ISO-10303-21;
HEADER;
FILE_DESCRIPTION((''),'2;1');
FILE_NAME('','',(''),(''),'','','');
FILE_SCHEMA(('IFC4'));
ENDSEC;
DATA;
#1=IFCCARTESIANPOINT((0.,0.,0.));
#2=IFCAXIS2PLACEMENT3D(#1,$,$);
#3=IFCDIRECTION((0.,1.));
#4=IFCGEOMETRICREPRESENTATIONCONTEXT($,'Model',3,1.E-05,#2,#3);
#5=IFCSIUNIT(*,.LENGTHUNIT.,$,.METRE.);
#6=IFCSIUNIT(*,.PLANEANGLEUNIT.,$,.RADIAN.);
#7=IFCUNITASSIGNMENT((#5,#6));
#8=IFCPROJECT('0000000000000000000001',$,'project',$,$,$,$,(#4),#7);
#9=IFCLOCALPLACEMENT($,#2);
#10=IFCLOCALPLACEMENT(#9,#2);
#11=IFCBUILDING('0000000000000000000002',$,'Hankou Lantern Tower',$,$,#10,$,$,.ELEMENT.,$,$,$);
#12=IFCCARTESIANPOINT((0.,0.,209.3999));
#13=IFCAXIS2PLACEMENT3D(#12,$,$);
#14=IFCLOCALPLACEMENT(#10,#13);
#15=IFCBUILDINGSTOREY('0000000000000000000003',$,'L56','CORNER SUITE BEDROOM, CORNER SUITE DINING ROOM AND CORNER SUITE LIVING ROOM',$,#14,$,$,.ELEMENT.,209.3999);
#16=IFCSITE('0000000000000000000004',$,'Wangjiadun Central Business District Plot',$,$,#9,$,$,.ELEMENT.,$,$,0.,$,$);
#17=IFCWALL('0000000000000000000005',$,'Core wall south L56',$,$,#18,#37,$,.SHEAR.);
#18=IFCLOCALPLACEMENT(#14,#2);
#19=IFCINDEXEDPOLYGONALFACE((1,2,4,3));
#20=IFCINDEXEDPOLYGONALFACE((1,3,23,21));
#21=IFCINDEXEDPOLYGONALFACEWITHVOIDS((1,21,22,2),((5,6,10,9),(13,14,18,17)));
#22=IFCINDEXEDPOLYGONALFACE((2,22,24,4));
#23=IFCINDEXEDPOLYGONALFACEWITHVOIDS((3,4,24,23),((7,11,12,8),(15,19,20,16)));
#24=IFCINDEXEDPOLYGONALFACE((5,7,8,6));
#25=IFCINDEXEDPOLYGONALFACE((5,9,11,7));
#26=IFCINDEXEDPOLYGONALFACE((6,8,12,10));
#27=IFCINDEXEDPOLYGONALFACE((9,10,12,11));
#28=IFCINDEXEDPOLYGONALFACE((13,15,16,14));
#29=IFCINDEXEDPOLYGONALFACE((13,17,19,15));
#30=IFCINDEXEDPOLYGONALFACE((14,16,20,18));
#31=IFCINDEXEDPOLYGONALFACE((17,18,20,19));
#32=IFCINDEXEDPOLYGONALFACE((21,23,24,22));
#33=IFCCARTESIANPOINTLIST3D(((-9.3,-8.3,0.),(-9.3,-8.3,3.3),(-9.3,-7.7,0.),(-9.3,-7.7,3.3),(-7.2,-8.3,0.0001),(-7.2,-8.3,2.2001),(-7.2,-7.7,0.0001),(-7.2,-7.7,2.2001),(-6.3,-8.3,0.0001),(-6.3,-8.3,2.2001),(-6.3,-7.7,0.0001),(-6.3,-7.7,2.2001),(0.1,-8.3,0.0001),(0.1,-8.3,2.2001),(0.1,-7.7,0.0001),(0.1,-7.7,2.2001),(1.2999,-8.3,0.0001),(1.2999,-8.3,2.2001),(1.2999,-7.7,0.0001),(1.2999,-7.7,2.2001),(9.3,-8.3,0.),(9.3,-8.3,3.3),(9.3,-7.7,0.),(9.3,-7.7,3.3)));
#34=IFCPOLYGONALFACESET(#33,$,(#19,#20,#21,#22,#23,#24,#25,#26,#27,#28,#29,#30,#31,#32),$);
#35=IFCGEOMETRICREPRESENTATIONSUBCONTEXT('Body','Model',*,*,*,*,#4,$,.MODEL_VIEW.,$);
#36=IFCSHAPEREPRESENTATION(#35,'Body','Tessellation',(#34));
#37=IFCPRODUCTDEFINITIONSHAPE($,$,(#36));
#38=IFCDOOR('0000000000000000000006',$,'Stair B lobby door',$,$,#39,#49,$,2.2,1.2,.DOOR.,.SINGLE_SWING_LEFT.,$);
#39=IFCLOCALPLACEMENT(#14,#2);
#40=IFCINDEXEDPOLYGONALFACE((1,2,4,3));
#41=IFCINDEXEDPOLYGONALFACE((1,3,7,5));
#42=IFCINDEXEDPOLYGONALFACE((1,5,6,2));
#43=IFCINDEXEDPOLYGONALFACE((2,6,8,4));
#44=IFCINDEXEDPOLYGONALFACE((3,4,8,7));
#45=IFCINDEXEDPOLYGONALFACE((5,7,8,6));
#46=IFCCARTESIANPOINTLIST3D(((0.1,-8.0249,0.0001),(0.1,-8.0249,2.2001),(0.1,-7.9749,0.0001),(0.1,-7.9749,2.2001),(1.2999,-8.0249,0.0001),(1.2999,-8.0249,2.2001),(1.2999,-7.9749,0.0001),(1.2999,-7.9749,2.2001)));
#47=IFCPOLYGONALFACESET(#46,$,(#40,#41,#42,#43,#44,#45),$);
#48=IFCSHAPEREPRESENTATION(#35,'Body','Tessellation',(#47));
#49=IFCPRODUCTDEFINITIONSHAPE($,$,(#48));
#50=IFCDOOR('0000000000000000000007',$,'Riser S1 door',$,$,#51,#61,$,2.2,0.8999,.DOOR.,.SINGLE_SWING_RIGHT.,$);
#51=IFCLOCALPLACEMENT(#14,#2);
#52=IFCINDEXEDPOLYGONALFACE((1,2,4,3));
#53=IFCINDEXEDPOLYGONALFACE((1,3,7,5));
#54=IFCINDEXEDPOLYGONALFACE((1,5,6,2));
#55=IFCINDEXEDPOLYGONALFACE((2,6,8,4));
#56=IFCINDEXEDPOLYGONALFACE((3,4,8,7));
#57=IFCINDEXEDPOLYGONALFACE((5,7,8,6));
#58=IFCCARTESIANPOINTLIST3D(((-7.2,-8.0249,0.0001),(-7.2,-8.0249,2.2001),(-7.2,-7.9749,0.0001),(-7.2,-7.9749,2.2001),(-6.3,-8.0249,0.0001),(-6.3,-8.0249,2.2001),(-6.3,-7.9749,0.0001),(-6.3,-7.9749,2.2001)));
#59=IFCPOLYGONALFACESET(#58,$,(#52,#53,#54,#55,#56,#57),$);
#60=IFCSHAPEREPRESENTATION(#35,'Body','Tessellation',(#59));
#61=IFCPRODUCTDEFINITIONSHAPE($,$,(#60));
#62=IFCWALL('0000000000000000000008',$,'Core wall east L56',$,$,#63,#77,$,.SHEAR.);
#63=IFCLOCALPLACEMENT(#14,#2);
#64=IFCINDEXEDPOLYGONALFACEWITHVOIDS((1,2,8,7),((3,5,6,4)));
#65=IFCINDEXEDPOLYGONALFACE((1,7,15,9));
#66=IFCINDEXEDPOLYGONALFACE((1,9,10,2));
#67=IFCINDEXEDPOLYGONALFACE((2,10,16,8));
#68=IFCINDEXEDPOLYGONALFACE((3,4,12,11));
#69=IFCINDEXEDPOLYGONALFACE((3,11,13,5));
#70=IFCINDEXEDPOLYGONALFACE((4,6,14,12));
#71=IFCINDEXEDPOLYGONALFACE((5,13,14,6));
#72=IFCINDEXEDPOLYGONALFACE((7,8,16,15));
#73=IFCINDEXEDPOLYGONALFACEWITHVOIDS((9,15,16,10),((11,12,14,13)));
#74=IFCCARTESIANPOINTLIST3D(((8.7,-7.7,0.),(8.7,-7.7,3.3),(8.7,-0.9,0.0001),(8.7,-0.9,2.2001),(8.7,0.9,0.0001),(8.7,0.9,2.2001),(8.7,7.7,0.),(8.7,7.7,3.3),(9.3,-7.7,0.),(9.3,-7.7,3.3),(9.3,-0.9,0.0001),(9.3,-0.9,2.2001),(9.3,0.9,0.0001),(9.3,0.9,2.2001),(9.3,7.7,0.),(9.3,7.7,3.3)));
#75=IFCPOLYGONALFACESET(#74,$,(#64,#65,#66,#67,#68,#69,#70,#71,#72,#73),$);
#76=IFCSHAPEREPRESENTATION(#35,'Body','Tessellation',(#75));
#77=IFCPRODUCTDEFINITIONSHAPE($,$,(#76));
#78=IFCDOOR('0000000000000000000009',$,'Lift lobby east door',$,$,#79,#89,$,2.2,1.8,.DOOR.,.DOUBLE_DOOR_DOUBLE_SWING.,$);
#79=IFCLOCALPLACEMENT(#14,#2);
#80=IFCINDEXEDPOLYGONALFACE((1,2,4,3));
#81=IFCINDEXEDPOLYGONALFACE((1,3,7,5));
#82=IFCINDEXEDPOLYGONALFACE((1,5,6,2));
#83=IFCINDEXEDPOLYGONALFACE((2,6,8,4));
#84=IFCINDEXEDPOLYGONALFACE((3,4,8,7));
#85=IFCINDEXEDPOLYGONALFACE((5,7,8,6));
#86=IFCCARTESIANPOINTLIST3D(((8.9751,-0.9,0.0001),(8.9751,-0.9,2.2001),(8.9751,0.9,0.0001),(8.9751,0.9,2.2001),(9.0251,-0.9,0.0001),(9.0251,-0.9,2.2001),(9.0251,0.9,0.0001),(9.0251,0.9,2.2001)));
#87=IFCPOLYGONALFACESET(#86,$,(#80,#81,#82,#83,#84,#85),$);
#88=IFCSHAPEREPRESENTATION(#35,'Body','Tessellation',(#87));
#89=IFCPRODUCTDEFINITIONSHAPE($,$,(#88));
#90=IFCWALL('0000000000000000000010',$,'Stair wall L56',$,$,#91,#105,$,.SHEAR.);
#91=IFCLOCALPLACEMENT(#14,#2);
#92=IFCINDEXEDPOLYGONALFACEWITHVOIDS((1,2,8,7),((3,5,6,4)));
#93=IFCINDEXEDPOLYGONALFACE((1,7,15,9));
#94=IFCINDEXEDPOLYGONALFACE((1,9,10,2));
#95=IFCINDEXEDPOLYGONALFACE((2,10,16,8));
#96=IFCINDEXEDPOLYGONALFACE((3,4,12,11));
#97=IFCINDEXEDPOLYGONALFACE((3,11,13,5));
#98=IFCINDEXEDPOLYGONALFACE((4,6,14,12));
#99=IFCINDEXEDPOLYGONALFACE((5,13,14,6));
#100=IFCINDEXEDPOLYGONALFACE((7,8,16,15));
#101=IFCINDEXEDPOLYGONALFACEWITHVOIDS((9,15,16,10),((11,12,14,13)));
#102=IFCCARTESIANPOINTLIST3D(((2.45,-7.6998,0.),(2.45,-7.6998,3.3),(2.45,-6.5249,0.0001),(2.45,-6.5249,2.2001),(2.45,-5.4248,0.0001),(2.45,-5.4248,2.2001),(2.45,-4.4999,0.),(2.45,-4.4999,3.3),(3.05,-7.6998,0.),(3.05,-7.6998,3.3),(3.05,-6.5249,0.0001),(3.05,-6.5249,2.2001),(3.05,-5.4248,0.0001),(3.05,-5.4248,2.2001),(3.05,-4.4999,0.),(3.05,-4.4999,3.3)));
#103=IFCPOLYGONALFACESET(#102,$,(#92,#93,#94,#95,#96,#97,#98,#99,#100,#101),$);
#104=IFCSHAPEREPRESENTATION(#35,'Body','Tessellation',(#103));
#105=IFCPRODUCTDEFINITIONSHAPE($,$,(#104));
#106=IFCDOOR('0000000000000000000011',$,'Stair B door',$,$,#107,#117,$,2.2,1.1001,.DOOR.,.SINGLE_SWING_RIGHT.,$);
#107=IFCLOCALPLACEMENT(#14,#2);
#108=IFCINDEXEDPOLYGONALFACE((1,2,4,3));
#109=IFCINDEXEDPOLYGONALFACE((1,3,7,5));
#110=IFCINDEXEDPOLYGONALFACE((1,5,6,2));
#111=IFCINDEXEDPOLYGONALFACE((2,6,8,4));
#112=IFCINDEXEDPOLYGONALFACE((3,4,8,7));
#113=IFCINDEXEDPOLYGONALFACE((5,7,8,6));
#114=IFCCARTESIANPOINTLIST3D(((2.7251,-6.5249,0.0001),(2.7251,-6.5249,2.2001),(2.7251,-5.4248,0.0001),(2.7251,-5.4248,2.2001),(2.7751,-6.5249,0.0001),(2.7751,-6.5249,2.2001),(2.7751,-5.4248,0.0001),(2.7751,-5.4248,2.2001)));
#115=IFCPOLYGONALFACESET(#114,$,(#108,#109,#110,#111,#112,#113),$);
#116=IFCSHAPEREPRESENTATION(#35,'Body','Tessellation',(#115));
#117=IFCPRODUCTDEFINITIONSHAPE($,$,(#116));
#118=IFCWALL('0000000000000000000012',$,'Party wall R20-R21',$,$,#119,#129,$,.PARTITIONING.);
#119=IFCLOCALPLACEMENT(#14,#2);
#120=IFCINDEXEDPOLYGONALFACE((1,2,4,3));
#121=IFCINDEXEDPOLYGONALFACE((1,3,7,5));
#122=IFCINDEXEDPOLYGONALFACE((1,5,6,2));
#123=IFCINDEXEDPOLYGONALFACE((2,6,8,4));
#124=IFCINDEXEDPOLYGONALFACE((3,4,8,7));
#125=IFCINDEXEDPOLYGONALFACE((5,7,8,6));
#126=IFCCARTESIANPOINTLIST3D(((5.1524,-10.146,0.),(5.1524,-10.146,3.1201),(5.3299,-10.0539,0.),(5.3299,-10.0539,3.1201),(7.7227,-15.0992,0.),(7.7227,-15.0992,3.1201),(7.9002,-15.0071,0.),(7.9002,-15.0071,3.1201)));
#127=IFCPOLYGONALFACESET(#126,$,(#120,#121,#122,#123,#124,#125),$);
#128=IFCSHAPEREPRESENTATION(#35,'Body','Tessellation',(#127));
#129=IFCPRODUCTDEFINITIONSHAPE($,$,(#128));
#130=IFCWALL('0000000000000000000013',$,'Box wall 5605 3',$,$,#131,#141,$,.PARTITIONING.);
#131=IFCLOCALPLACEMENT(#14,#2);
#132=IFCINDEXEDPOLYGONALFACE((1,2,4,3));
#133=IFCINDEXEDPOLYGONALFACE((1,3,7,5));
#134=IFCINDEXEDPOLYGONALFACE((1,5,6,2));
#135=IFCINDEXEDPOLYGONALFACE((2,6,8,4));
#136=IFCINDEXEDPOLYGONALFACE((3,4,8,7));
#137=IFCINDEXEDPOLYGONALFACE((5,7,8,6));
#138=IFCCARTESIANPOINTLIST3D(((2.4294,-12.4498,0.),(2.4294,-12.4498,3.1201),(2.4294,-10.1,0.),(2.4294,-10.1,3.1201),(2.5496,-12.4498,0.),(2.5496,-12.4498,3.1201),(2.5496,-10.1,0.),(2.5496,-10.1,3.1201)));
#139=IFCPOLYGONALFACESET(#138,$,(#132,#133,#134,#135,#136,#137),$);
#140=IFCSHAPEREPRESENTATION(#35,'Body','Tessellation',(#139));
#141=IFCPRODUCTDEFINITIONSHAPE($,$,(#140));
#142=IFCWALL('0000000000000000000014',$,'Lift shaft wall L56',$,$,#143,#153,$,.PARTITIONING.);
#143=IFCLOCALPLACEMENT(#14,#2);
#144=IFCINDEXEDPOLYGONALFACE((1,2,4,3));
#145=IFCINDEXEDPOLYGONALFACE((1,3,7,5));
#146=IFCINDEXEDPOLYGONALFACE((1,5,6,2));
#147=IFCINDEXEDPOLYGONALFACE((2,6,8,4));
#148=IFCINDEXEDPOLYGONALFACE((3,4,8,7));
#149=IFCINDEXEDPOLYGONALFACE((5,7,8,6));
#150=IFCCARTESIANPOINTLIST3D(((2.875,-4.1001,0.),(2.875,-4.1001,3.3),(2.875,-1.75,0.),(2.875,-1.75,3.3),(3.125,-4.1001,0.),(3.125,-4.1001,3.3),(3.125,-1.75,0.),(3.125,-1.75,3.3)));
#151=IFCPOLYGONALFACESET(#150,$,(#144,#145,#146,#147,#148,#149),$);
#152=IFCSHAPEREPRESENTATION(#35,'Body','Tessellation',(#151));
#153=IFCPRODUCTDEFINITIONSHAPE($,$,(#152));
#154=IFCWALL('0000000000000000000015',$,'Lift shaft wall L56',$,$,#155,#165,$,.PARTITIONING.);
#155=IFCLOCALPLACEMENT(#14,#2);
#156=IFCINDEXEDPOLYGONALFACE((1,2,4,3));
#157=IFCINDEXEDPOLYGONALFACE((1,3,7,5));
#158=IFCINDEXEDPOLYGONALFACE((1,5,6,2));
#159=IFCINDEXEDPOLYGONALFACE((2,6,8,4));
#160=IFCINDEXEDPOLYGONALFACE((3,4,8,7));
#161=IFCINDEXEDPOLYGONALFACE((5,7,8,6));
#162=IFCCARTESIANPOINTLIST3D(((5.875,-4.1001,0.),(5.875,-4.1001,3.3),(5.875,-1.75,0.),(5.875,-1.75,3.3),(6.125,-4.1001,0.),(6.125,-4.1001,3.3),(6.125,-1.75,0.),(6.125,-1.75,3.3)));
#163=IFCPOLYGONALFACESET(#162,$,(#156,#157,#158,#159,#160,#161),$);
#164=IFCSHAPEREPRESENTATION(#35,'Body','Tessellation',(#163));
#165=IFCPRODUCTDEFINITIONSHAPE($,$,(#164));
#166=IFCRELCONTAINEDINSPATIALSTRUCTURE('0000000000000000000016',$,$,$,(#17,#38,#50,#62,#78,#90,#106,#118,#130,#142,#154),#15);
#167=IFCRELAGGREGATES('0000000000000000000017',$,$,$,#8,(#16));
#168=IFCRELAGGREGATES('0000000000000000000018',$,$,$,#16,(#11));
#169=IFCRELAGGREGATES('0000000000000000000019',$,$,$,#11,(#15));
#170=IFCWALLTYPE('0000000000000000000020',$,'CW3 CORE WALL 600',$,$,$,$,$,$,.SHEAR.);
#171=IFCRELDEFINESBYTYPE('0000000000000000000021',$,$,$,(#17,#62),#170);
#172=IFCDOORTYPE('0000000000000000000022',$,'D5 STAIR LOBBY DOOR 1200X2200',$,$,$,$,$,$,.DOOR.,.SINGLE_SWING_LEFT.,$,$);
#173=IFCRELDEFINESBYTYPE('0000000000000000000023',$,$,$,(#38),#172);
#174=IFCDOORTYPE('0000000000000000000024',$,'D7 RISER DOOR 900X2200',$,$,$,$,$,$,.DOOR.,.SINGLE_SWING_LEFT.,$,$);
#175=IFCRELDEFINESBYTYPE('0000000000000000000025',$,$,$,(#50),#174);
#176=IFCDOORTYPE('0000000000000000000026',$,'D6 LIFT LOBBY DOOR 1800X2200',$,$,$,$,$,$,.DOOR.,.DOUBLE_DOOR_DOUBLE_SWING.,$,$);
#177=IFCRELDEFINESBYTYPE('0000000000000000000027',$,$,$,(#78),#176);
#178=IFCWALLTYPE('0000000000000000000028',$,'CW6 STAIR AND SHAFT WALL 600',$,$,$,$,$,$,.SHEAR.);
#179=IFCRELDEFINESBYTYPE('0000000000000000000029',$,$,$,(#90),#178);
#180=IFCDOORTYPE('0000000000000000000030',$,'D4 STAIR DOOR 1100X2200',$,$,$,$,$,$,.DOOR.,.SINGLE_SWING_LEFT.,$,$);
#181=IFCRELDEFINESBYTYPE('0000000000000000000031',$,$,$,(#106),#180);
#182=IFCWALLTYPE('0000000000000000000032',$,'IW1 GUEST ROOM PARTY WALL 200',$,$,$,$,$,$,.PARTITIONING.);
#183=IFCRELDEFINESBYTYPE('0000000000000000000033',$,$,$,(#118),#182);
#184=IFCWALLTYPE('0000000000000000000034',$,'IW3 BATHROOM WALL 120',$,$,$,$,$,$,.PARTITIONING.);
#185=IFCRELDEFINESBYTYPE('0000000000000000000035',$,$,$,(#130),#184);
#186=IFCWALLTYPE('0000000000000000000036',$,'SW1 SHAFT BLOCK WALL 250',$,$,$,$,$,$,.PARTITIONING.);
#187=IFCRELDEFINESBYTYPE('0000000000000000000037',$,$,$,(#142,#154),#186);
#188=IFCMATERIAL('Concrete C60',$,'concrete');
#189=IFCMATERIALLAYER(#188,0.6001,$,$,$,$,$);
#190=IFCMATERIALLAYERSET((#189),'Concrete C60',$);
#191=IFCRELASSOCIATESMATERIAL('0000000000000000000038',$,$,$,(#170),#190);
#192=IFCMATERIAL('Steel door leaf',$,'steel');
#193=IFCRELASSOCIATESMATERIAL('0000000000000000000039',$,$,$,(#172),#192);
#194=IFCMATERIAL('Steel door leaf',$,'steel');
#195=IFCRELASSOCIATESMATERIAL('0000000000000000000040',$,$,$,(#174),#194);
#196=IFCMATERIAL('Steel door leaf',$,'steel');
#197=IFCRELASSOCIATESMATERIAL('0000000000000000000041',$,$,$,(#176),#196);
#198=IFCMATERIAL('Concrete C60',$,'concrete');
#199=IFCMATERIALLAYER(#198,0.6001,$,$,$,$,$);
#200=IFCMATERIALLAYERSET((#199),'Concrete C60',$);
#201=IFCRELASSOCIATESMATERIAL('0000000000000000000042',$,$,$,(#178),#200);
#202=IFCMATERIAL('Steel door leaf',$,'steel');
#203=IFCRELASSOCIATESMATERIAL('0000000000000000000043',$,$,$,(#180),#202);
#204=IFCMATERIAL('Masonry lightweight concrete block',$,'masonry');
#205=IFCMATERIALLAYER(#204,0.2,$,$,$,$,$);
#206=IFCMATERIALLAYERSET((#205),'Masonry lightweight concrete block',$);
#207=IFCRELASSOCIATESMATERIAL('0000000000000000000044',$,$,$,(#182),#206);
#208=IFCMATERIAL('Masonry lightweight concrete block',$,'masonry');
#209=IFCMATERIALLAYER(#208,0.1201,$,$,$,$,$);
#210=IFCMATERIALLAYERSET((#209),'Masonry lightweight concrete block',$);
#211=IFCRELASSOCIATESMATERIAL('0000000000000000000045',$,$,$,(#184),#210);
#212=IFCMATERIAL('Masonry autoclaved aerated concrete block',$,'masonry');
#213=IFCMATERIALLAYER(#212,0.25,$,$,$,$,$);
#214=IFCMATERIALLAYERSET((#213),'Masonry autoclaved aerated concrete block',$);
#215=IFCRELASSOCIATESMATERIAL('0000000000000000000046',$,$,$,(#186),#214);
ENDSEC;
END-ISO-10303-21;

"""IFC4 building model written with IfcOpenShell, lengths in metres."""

from ifc_helpers import new_model, si_unit, direction, frame, frame_2d, origin, place, context, subcontext, project, spatial, rectangle, extrude, material, layer, layer_set, type_object, element, fill, save


model = new_model("IFC4")

# Units and contexts
model_context = context("Model", 3, precision=1e-05, world=origin(), true_north=direction((0.0, 1.0)))
body_context = subcontext(model_context, "Body", "Model", "MODEL_VIEW")
ifc_project = project(units=[si_unit("LENGTHUNIT", "METRE"), si_unit("PLANEANGLEUNIT", "RADIAN")], contexts=[model_context])

# Site, building, storey
site_placement = place(None, origin())
site = spatial("IfcSite", under=ifc_project, at=site_placement, Name="Wangjiadun Central Business District Plot", CompositionType="ELEMENT", RefElevation=0.0)
building_placement = place(site_placement, origin())
building = spatial("IfcBuilding", under=site, at=building_placement, Name="Hankou Lantern Tower", CompositionType="ELEMENT")
storey_placement = place(building_placement, frame((0.0, 0.0, 209.3999)))
storey = spatial("IfcBuildingStorey", under=building, at=storey_placement, Name="L56", Description="CORNER SUITE BEDROOM, CORNER SUITE DINING ROOM AND CORNER SUITE LIVING ROOM", CompositionType="ELEMENT", Elevation=209.3999)

# Wall, openings, doors
ifc_material_1 = material(Name="Concrete C60", Category="concrete")
ifc_layer_1 = layer(ifc_material_1, 0.6001)
ifc_layer_set_1 = layer_set([ifc_layer_1], Name="Concrete C60")
wall_type_1 = type_object("IfcWallType", Name="CW3 CORE WALL 600", PredefinedType="SHEAR", material=ifc_layer_set_1)
wall_1_placement = place(storey_placement, frame((9.3, -8.0, 0.0), z_axis=(0.0, 0.0, 1.0), x_axis=(-1.0, 0.0, 0.0)))
wall_1 = element("IfcWall", 1, at=wall_1_placement, inside=storey, type_object=wall_type_1, Name="Core wall south L56", PredefinedType="SHEAR", context=body_context, shape_type="SweptSolid", body=[
    extrude(rectangle(XDim=18.6001, YDim=0.6001, at=frame_2d((9.3, 0.0))), origin(), (0.0, 0.0, 1.0), 3.3),
])
opening_1_placement = place(wall_1_placement, frame((8.0, 0.0, 0.0)))
opening_1 = element("IfcOpeningElement", 2, at=opening_1_placement, cuts=wall_1, PredefinedType="OPENING", context=body_context, shape_type="SweptSolid", body=[
    extrude(rectangle(XDim=1.2, YDim=2.2, at=frame_2d((0.6001, 1.1001))), frame((0.0, 0.3101, 0.0), z_axis=(0.0, -1.0, 0.0), x_axis=(1.0, 0.0, 0.0)), (0.0, 0.0, 1.0), 0.6201),
])
opening_2_placement = place(wall_1_placement, frame((15.6001, 0.0, 0.0)))
opening_2 = element("IfcOpeningElement", 3, at=opening_2_placement, cuts=wall_1, PredefinedType="OPENING", context=body_context, shape_type="SweptSolid", body=[
    extrude(rectangle(XDim=0.8999, YDim=2.2, at=frame_2d((0.45, 1.1001))), frame((0.0, 0.3101, 0.0), z_axis=(0.0, -1.0, 0.0), x_axis=(1.0, 0.0, 0.0)), (0.0, 0.0, 1.0), 0.6201),
])
ifc_material_2 = material(Name="Steel door leaf", Category="steel")
door_type_1 = type_object("IfcDoorType", Name="D5 STAIR LOBBY DOOR 1200X2200", OperationType="SINGLE_SWING_LEFT", PredefinedType="DOOR", material=ifc_material_2)
door_1_placement = place(opening_1_placement, origin())
door_1 = element("IfcDoor", 4, at=door_1_placement, inside=storey, type_object=door_type_1, Name="Stair B lobby door", OperationType="SINGLE_SWING_LEFT", OverallHeight=2.2, OverallWidth=1.2, PredefinedType="DOOR", context=body_context, shape_type="SweptSolid", body=[
    extrude(rectangle(XDim=1.2, YDim=2.2, at=frame_2d((0.6001, 1.1001))), frame((0.0, 0.0249, 0.0), z_axis=(0.0, -1.0, 0.0), x_axis=(1.0, 0.0, 0.0)), (0.0, 0.0, 1.0), 0.05),
])
fill(opening_1, door_1)
ifc_material_3 = material(Name="Steel door leaf", Category="steel")
door_type_2 = type_object("IfcDoorType", Name="D7 RISER DOOR 900X2200", OperationType="SINGLE_SWING_LEFT", PredefinedType="DOOR", material=ifc_material_3)
door_2_placement = place(opening_2_placement, origin())
door_2 = element("IfcDoor", 5, at=door_2_placement, inside=storey, type_object=door_type_2, Name="Riser S1 door", OperationType="SINGLE_SWING_RIGHT", OverallHeight=2.2, OverallWidth=0.8999, PredefinedType="DOOR", context=body_context, shape_type="SweptSolid", body=[
    extrude(rectangle(XDim=0.8999, YDim=2.2, at=frame_2d((0.45, 1.1001))), frame((0.0, 0.0249, 0.0), z_axis=(0.0, -1.0, 0.0), x_axis=(1.0, 0.0, 0.0)), (0.0, 0.0, 1.0), 0.05),
])
fill(opening_2, door_2)

# Walls, openings, doors
wall_2_placement = place(storey_placement, frame((9.0, -7.7, 0.0), z_axis=(0.0, 0.0, 1.0), x_axis=(0.0, 1.0, 0.0)))
wall_2 = element("IfcWall", 6, at=wall_2_placement, inside=storey, type_object=wall_type_1, Name="Core wall east L56", PredefinedType="SHEAR", context=body_context, shape_type="SweptSolid", body=[
    extrude(rectangle(XDim=15.3999, YDim=0.6001, at=frame_2d((7.7, 0.0))), origin(), (0.0, 0.0, 1.0), 3.3),
])
opening_3_placement = place(wall_2_placement, frame((6.8, 0.0, 0.0)))
opening_3 = element("IfcOpeningElement", 7, at=opening_3_placement, cuts=wall_2, PredefinedType="OPENING", context=body_context, shape_type="SweptSolid", body=[
    extrude(rectangle(XDim=1.8, YDim=2.2, at=frame_2d((0.8999, 1.1001))), frame((0.0, 0.3101, 0.0), z_axis=(0.0, -1.0, 0.0), x_axis=(1.0, 0.0, 0.0)), (0.0, 0.0, 1.0), 0.6201),
])
ifc_material_4 = material(Name="Steel door leaf", Category="steel")
door_type_3 = type_object("IfcDoorType", Name="D6 LIFT LOBBY DOOR 1800X2200", OperationType="DOUBLE_DOOR_DOUBLE_SWING", PredefinedType="DOOR", material=ifc_material_4)
door_3_placement = place(opening_3_placement, origin())
door_3 = element("IfcDoor", 8, at=door_3_placement, inside=storey, type_object=door_type_3, Name="Lift lobby east door", OperationType="DOUBLE_DOOR_DOUBLE_SWING", OverallHeight=2.2, OverallWidth=1.8, PredefinedType="DOOR", context=body_context, shape_type="SweptSolid", body=[
    extrude(rectangle(XDim=1.8, YDim=2.2, at=frame_2d((0.8999, 1.1001))), frame((0.0, 0.0249, 0.0), z_axis=(0.0, -1.0, 0.0), x_axis=(1.0, 0.0, 0.0)), (0.0, 0.0, 1.0), 0.05),
])
fill(opening_3, door_3)
ifc_material_5 = material(Name="Concrete C60", Category="concrete")
ifc_layer_2 = layer(ifc_material_5, 0.6001)
ifc_layer_set_2 = layer_set([ifc_layer_2], Name="Concrete C60")
wall_type_2 = type_object("IfcWallType", Name="CW6 STAIR AND SHAFT WALL 600", PredefinedType="SHEAR", material=ifc_layer_set_2)
wall_3_placement = place(storey_placement, frame((2.75, -7.7, 0.0), z_axis=(0.0, 0.0, 1.0), x_axis=(0.0, 1.0, 0.0)))
wall_3 = element("IfcWall", 9, at=wall_3_placement, inside=storey, type_object=wall_type_2, Name="Stair wall L56", PredefinedType="SHEAR", context=body_context, shape_type="SweptSolid", body=[
    extrude(rectangle(XDim=3.2, YDim=0.6001, at=frame_2d((1.6001, 0.0))), origin(), (0.0, 0.0, 1.0), 3.3),
])
opening_4_placement = place(wall_3_placement, frame((1.175, 0.0, 0.0)))
opening_4 = element("IfcOpeningElement", 10, at=opening_4_placement, cuts=wall_3, PredefinedType="OPENING", context=body_context, shape_type="SweptSolid", body=[
    extrude(rectangle(XDim=1.1001, YDim=2.2, at=frame_2d((0.55, 1.1001))), frame((0.0, 0.3101, 0.0), z_axis=(0.0, -1.0, 0.0), x_axis=(1.0, 0.0, 0.0)), (0.0, 0.0, 1.0), 0.6201),
])
ifc_material_6 = material(Name="Steel door leaf", Category="steel")
door_type_4 = type_object("IfcDoorType", Name="D4 STAIR DOOR 1100X2200", OperationType="SINGLE_SWING_LEFT", PredefinedType="DOOR", material=ifc_material_6)
door_4_placement = place(opening_4_placement, origin())
door_4 = element("IfcDoor", 11, at=door_4_placement, inside=storey, type_object=door_type_4, Name="Stair B door", OperationType="SINGLE_SWING_RIGHT", OverallHeight=2.2, OverallWidth=1.1001, PredefinedType="DOOR", context=body_context, shape_type="SweptSolid", body=[
    extrude(rectangle(XDim=1.1001, YDim=2.2, at=frame_2d((0.55, 1.1001))), frame((0.0, 0.0249, 0.0), z_axis=(0.0, -1.0, 0.0), x_axis=(1.0, 0.0, 0.0)), (0.0, 0.0, 1.0), 0.05),
])
fill(opening_4, door_4)

# Walls
ifc_material_7 = material(Name="Masonry lightweight concrete block", Category="masonry")
ifc_layer_3 = layer(ifc_material_7, 0.2)
ifc_layer_set_3 = layer_set([ifc_layer_3], Name="Masonry lightweight concrete block")
wall_type_3 = type_object("IfcWallType", Name="IW1 GUEST ROOM PARTY WALL 200", PredefinedType="PARTITIONING", material=ifc_layer_set_3)
wall_4_placement = place(storey_placement, frame((5.2412, -10.1001, 0.0), z_axis=(0.0, 0.0, 1.0), x_axis=(0.460603, -0.887606, 0.0)))
element("IfcWall", 12, at=wall_4_placement, inside=storey, type_object=wall_type_3, Name="Party wall R20-R21", PredefinedType="PARTITIONING", context=body_context, shape_type="SweptSolid", body=[
    extrude(rectangle(XDim=5.5803, YDim=0.2, at=frame_2d((2.79, 0.0))), origin(), (0.0, 0.0, 1.0), 3.1201),
])
ifc_material_8 = material(Name="Masonry lightweight concrete block", Category="masonry")
ifc_layer_4 = layer(ifc_material_8, 0.1201)
ifc_layer_set_4 = layer_set([ifc_layer_4], Name="Masonry lightweight concrete block")
wall_type_4 = type_object("IfcWallType", Name="IW3 BATHROOM WALL 120", PredefinedType="PARTITIONING", material=ifc_layer_set_4)
wall_5_placement = place(storey_placement, frame((2.4895, -10.1001, 0.0), z_axis=(0.0, 0.0, 1.0), x_axis=(0.0, -1.0, 0.0)))
element("IfcWall", 13, at=wall_5_placement, inside=storey, type_object=wall_type_4, Name="Box wall 5605 3", PredefinedType="PARTITIONING", context=body_context, shape_type="SweptSolid", body=[
    extrude(rectangle(XDim=2.3499, YDim=0.1201, at=frame_2d((1.1748, 0.0))), origin(), (0.0, 0.0, 1.0), 3.1201),
])
ifc_material_9 = material(Name="Masonry autoclaved aerated concrete block", Category="masonry")
ifc_layer_5 = layer(ifc_material_9, 0.25)
ifc_layer_set_5 = layer_set([ifc_layer_5], Name="Masonry autoclaved aerated concrete block")
wall_type_5 = type_object("IfcWallType", Name="SW1 SHAFT BLOCK WALL 250", PredefinedType="PARTITIONING", material=ifc_layer_set_5)
for number, where, z_axis, x_axis, name in (
    (14, (3.0, -4.1001, 0.0), (0.0, 0.0, 1.0), (0.0, 1.0, 0.0), "Lift shaft wall L56"),
    (15, (6.0, -4.1001, 0.0), (0.0, 0.0, 1.0), (0.0, 1.0, 0.0), "Lift shaft wall L56"),
):
    element("IfcWall", number, at=place(storey_placement, frame(where, z_axis=z_axis, x_axis=x_axis)), inside=storey, type_object=wall_type_5, Name=name, PredefinedType="PARTITIONING", context=body_context, shape_type="SweptSolid", body=[
        extrude(rectangle(XDim=2.3501, YDim=0.25, at=frame_2d((1.175, 0.0))), origin(), (0.0, 0.0, 1.0), 3.3),
    ])

save(model, "model.ifc")
